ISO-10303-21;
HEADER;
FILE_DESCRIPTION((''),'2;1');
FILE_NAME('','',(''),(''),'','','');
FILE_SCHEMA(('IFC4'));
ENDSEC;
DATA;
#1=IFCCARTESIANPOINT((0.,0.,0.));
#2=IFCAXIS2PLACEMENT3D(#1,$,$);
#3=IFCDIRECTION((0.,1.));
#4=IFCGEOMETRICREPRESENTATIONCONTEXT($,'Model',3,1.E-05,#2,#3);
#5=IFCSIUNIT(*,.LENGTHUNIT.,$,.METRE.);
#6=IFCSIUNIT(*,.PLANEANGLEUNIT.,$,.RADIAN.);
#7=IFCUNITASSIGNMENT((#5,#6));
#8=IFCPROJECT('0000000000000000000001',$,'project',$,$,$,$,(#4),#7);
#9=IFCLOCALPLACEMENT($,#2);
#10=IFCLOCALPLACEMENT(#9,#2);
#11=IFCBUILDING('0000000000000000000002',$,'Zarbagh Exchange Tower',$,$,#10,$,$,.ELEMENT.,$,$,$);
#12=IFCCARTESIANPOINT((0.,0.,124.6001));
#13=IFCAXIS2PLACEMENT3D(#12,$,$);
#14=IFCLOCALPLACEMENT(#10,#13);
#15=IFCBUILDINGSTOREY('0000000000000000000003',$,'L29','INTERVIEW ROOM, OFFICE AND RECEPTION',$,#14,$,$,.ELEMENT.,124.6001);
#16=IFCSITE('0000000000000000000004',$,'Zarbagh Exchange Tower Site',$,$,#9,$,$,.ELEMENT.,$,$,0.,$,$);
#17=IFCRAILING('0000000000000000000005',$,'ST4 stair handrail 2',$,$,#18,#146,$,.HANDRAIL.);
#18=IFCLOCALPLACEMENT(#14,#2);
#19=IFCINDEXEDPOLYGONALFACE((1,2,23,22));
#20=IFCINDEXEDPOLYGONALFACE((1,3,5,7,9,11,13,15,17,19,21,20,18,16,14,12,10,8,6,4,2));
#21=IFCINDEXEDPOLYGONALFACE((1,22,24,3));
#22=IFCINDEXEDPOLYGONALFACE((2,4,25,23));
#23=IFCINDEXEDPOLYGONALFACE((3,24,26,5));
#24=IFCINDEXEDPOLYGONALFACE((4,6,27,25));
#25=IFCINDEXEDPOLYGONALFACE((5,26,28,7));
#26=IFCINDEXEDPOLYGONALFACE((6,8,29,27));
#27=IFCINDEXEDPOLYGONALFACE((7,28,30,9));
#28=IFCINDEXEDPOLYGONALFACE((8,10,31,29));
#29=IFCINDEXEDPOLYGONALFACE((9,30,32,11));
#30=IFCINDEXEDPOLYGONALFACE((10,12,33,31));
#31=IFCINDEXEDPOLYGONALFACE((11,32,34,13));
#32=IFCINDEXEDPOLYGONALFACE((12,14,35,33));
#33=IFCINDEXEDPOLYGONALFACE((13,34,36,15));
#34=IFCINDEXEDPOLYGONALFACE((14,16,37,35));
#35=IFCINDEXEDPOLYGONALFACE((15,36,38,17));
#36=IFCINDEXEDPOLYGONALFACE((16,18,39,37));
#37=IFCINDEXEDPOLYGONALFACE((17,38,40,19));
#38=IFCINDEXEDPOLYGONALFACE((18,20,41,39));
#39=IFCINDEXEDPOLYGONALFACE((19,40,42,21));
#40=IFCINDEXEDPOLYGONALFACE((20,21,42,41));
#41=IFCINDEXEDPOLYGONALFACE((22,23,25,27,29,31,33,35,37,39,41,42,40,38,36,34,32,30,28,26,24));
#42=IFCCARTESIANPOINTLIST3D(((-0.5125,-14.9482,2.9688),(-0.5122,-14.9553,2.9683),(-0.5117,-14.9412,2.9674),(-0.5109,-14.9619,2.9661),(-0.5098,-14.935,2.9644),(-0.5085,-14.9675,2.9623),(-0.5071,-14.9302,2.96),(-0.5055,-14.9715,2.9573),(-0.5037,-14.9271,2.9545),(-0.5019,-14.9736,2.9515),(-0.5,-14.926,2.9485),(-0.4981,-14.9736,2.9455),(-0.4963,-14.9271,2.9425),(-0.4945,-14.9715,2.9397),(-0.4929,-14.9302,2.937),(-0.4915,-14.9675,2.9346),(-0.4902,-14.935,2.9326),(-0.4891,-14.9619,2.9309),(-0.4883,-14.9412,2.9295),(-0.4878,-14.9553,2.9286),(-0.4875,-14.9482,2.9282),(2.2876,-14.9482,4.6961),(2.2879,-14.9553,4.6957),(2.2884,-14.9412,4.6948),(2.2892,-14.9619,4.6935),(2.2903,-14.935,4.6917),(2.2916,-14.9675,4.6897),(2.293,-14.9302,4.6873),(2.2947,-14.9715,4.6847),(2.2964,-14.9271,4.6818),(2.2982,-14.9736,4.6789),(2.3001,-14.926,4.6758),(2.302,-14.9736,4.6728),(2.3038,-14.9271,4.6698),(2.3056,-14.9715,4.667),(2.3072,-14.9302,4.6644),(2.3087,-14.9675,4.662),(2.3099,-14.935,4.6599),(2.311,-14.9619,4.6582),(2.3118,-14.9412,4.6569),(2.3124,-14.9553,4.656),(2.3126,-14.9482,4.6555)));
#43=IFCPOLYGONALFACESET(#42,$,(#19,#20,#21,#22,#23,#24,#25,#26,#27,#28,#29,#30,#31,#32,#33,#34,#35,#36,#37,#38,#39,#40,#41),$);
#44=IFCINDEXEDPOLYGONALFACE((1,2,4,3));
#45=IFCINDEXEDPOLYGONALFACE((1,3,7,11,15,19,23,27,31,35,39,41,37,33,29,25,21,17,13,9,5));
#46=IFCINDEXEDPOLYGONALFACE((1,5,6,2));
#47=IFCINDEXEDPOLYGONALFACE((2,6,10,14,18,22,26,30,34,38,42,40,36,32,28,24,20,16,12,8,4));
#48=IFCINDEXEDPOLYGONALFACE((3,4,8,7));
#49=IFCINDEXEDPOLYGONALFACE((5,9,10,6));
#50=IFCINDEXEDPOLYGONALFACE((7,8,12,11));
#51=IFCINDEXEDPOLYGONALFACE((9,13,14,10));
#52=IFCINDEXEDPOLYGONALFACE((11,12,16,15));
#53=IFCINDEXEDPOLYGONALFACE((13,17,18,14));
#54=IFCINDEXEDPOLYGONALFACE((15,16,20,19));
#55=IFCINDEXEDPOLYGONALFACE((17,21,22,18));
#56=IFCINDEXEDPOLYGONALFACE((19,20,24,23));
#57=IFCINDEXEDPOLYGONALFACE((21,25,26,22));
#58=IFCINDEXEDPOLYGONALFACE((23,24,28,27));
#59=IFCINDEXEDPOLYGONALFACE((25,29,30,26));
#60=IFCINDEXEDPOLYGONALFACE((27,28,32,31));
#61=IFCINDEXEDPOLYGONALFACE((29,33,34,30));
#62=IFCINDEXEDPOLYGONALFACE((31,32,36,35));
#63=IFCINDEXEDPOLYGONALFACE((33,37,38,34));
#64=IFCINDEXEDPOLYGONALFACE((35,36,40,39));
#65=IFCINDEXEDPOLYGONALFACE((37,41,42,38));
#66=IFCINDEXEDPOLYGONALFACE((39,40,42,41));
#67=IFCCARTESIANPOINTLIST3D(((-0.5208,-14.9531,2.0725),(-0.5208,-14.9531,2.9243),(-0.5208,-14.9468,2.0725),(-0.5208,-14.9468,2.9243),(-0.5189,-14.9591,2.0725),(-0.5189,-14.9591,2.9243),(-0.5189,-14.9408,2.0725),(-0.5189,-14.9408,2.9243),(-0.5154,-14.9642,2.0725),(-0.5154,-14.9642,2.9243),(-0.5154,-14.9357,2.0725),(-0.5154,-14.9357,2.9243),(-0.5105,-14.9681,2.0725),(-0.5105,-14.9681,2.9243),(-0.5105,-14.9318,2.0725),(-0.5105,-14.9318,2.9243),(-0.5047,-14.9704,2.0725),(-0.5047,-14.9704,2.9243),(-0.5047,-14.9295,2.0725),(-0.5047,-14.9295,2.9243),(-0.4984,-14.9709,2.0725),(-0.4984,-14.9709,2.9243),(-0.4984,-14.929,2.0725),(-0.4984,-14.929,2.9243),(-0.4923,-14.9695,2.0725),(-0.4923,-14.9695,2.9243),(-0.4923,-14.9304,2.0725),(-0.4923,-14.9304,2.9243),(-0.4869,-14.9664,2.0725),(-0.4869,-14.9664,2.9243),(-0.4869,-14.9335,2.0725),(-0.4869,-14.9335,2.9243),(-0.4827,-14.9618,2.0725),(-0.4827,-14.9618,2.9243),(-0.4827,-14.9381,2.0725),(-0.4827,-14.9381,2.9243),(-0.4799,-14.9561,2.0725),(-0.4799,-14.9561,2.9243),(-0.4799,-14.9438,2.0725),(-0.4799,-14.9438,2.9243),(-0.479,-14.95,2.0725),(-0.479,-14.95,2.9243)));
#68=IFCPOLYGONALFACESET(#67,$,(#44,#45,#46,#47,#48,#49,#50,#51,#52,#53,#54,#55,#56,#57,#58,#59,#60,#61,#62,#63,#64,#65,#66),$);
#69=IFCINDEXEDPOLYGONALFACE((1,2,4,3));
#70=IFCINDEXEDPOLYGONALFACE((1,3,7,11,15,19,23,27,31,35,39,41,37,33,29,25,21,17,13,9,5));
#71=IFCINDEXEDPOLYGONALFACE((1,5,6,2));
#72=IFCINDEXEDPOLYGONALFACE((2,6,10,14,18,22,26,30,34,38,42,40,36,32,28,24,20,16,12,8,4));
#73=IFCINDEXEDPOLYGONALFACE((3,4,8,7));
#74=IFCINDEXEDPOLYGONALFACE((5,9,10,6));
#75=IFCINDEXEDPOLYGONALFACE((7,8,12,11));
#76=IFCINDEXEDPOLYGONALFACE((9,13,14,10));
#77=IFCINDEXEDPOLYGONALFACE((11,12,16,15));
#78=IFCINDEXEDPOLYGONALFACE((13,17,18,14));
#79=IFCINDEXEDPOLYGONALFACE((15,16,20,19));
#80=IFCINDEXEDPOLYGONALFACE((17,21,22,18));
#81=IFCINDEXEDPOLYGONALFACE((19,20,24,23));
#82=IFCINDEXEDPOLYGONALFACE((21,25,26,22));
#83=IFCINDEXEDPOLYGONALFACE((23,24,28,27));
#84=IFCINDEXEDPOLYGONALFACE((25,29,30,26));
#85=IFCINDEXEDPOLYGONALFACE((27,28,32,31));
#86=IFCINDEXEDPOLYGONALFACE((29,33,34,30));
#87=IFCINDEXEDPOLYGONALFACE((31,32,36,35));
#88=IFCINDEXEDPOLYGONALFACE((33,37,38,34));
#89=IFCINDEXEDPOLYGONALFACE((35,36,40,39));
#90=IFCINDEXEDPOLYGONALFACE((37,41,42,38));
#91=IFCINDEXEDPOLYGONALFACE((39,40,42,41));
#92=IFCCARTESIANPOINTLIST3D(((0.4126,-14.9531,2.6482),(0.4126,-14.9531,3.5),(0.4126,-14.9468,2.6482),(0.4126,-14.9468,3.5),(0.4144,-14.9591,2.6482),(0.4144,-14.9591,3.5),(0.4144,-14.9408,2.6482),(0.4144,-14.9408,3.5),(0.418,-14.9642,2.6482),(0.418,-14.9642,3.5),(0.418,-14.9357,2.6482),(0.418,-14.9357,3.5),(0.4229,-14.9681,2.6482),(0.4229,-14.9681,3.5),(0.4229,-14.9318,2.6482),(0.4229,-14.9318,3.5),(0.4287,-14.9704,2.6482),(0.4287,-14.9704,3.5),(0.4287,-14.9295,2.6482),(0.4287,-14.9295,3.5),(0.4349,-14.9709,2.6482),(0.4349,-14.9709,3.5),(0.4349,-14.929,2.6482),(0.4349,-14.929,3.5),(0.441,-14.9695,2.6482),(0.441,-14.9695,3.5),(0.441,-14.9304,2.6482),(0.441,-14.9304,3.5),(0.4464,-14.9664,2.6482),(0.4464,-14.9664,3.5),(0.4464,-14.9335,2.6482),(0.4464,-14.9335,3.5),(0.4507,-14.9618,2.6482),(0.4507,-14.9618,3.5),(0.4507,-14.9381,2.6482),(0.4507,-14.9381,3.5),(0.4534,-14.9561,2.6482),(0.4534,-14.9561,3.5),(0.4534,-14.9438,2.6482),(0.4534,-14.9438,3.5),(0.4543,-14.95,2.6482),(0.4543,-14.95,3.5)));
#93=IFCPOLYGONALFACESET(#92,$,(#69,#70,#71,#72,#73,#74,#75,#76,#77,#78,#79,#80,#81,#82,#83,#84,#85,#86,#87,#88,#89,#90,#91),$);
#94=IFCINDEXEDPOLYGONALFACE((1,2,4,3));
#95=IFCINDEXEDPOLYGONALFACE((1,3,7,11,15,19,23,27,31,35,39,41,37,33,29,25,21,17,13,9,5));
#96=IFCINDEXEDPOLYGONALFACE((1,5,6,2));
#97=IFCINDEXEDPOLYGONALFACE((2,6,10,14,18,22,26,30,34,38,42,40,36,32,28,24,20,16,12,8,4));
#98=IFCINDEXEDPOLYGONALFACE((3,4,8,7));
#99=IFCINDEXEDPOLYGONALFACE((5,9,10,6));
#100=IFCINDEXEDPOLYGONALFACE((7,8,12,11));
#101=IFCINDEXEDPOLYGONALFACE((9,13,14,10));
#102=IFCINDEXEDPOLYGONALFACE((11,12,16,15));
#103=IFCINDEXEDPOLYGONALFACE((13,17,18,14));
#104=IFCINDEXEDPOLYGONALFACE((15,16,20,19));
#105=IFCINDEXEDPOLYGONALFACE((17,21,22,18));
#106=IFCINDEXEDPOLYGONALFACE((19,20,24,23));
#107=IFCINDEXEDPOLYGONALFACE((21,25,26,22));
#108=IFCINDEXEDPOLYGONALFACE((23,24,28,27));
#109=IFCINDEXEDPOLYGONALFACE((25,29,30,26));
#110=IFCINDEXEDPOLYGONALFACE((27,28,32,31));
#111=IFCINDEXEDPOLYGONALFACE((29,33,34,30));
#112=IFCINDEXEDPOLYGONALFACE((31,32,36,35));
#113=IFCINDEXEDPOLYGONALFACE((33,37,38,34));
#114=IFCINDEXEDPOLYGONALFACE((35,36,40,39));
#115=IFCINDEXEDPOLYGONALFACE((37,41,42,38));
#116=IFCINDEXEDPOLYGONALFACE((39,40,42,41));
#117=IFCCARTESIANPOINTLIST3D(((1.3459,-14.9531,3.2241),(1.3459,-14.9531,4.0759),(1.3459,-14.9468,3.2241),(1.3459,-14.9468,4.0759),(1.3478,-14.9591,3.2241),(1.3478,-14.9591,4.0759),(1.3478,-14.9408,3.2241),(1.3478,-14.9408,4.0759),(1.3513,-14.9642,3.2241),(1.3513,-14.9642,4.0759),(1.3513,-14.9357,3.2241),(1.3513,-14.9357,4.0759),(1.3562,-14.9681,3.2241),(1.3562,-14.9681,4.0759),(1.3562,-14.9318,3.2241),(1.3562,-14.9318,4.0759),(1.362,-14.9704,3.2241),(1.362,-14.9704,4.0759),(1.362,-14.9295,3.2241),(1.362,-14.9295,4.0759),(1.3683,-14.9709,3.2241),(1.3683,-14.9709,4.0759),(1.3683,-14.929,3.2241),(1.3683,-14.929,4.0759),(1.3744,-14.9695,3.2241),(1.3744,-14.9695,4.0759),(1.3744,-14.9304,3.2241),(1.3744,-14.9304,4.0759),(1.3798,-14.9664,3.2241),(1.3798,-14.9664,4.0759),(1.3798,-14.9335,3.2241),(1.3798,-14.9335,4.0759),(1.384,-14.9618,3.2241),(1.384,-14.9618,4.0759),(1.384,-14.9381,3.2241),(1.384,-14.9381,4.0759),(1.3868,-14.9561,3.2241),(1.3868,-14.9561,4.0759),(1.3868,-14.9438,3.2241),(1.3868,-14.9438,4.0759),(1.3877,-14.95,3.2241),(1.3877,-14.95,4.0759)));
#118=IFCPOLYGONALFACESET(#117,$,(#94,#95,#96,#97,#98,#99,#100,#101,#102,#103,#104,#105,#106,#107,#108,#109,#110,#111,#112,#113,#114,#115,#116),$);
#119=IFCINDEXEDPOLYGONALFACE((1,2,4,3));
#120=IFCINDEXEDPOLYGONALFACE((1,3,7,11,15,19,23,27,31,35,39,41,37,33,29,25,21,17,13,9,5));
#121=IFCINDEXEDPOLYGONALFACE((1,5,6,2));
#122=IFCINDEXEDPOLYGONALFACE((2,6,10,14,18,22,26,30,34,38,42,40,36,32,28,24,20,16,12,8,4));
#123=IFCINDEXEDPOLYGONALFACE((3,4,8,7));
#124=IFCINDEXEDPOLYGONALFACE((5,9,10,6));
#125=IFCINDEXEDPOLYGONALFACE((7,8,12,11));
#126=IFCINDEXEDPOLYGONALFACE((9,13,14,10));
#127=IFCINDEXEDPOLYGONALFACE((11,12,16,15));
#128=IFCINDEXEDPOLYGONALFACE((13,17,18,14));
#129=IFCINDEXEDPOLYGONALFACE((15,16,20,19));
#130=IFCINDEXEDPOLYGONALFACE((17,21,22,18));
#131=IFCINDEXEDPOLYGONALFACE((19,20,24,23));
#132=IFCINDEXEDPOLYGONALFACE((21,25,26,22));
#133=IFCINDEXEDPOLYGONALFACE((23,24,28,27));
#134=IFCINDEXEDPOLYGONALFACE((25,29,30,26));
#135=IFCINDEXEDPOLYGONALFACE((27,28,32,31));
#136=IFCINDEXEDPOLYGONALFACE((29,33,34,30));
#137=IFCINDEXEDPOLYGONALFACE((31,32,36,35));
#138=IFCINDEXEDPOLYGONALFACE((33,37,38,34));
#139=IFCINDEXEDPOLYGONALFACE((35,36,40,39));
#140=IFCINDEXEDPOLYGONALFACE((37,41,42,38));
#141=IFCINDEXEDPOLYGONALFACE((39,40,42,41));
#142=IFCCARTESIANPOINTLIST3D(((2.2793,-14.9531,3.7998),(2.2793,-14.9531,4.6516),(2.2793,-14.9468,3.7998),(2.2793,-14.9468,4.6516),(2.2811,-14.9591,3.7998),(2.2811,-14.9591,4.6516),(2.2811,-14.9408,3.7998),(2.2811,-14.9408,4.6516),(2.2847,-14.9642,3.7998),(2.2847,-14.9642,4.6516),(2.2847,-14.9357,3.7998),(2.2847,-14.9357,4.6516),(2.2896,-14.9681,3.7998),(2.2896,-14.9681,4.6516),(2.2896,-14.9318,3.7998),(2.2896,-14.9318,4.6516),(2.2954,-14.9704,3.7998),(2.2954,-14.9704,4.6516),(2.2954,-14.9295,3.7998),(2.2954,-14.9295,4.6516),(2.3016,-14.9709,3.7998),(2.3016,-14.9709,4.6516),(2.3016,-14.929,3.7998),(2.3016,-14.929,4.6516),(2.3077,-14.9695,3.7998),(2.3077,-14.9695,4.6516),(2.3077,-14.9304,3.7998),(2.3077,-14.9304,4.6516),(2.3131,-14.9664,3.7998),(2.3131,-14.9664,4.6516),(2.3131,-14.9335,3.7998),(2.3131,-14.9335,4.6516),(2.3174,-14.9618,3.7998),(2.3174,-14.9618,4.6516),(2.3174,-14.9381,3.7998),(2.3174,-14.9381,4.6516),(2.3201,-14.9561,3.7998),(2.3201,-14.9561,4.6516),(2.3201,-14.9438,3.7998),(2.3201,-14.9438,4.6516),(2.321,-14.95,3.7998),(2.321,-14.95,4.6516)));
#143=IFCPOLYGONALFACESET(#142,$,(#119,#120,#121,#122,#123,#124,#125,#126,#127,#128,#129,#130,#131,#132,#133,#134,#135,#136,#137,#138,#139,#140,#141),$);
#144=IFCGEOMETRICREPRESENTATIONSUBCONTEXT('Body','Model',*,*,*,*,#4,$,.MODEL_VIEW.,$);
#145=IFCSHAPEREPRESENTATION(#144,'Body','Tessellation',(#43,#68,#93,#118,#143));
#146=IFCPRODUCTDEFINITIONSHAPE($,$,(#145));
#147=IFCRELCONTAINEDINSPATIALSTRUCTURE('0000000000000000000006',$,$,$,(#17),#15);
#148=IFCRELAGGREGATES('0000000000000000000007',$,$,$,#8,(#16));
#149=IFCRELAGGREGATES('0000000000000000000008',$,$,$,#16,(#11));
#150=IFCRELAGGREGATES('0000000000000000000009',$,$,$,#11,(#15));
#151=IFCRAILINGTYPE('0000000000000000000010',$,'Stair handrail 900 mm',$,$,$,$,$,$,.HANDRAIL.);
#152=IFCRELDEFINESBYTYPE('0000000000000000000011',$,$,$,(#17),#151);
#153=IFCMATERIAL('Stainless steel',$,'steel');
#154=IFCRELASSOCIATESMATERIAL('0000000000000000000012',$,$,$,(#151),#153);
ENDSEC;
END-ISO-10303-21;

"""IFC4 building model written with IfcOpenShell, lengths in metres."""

from ifc_helpers import new_model, si_unit, direction, frame, origin, origin_2d, place, context, subcontext, project, spatial, circle, extrude, material, type_object, element, save


model = new_model("IFC4")

# Units and contexts
model_context = context("Model", 3, precision=1e-05, world=origin(), true_north=direction((0.0, 1.0)))
body_context = subcontext(model_context, "Body", "Model", "MODEL_VIEW")
ifc_project = project(units=[si_unit("LENGTHUNIT", "METRE"), si_unit("PLANEANGLEUNIT", "RADIAN")], contexts=[model_context])

# Site, building, storey
site_placement = place(None, origin())
site = spatial("IfcSite", under=ifc_project, at=site_placement, Name="Zarbagh Exchange Tower Site", CompositionType="ELEMENT", RefElevation=0.0)
building_placement = place(site_placement, origin())
building = spatial("IfcBuilding", under=site, at=building_placement, Name="Zarbagh Exchange Tower", CompositionType="ELEMENT")
storey_placement = place(building_placement, frame((0.0, 0.0, 124.6001)))
storey = spatial("IfcBuildingStorey", under=building, at=storey_placement, Name="L29", Description="INTERVIEW ROOM, OFFICE AND RECEPTION", CompositionType="ELEMENT", Elevation=124.6001)

# Shared definitions
ifc_material_1 = material(Name="Stainless steel", Category="steel")

# Railing
railing_type = type_object("IfcRailingType", Name="Stair handrail 900 mm", PredefinedType="HANDRAIL", material=ifc_material_1)
for number, where, name in (
    (1, (-0.5, -14.95, 2.0725), "ST4 stair handrail 2"),
):
    element("IfcRailing", number, at=place(storey_placement, frame(where)), inside=storey, type_object=railing_type, Name=name, PredefinedType="HANDRAIL", context=body_context, shape_type="SweptSolid", body=[
        extrude(circle(Radius=0.0239, at=origin_2d()), frame((0.0, 0.0, 0.876), z_axis=(0.85109, 0.0, 0.52502), x_axis=(0.0, 1.0, 0.0)), (0.0, 0.0, 1.0), 3.29),
        extrude(circle(Radius=0.021, at=origin_2d()), origin(), (0.0, 0.0, 1.0), 0.8518),
        extrude(circle(Radius=0.021, at=origin_2d()), frame((0.9333, 0.0, 0.5757)), (0.0, 0.0, 1.0), 0.8518),
        extrude(circle(Radius=0.021, at=origin_2d()), frame((1.8667, 0.0, 1.1516)), (0.0, 0.0, 1.0), 0.8518),
        extrude(circle(Radius=0.021, at=origin_2d()), frame((2.8, 0.0, 1.7273)), (0.0, 0.0, 1.0), 0.8518),
    ])

save(model, "model.ifc")
